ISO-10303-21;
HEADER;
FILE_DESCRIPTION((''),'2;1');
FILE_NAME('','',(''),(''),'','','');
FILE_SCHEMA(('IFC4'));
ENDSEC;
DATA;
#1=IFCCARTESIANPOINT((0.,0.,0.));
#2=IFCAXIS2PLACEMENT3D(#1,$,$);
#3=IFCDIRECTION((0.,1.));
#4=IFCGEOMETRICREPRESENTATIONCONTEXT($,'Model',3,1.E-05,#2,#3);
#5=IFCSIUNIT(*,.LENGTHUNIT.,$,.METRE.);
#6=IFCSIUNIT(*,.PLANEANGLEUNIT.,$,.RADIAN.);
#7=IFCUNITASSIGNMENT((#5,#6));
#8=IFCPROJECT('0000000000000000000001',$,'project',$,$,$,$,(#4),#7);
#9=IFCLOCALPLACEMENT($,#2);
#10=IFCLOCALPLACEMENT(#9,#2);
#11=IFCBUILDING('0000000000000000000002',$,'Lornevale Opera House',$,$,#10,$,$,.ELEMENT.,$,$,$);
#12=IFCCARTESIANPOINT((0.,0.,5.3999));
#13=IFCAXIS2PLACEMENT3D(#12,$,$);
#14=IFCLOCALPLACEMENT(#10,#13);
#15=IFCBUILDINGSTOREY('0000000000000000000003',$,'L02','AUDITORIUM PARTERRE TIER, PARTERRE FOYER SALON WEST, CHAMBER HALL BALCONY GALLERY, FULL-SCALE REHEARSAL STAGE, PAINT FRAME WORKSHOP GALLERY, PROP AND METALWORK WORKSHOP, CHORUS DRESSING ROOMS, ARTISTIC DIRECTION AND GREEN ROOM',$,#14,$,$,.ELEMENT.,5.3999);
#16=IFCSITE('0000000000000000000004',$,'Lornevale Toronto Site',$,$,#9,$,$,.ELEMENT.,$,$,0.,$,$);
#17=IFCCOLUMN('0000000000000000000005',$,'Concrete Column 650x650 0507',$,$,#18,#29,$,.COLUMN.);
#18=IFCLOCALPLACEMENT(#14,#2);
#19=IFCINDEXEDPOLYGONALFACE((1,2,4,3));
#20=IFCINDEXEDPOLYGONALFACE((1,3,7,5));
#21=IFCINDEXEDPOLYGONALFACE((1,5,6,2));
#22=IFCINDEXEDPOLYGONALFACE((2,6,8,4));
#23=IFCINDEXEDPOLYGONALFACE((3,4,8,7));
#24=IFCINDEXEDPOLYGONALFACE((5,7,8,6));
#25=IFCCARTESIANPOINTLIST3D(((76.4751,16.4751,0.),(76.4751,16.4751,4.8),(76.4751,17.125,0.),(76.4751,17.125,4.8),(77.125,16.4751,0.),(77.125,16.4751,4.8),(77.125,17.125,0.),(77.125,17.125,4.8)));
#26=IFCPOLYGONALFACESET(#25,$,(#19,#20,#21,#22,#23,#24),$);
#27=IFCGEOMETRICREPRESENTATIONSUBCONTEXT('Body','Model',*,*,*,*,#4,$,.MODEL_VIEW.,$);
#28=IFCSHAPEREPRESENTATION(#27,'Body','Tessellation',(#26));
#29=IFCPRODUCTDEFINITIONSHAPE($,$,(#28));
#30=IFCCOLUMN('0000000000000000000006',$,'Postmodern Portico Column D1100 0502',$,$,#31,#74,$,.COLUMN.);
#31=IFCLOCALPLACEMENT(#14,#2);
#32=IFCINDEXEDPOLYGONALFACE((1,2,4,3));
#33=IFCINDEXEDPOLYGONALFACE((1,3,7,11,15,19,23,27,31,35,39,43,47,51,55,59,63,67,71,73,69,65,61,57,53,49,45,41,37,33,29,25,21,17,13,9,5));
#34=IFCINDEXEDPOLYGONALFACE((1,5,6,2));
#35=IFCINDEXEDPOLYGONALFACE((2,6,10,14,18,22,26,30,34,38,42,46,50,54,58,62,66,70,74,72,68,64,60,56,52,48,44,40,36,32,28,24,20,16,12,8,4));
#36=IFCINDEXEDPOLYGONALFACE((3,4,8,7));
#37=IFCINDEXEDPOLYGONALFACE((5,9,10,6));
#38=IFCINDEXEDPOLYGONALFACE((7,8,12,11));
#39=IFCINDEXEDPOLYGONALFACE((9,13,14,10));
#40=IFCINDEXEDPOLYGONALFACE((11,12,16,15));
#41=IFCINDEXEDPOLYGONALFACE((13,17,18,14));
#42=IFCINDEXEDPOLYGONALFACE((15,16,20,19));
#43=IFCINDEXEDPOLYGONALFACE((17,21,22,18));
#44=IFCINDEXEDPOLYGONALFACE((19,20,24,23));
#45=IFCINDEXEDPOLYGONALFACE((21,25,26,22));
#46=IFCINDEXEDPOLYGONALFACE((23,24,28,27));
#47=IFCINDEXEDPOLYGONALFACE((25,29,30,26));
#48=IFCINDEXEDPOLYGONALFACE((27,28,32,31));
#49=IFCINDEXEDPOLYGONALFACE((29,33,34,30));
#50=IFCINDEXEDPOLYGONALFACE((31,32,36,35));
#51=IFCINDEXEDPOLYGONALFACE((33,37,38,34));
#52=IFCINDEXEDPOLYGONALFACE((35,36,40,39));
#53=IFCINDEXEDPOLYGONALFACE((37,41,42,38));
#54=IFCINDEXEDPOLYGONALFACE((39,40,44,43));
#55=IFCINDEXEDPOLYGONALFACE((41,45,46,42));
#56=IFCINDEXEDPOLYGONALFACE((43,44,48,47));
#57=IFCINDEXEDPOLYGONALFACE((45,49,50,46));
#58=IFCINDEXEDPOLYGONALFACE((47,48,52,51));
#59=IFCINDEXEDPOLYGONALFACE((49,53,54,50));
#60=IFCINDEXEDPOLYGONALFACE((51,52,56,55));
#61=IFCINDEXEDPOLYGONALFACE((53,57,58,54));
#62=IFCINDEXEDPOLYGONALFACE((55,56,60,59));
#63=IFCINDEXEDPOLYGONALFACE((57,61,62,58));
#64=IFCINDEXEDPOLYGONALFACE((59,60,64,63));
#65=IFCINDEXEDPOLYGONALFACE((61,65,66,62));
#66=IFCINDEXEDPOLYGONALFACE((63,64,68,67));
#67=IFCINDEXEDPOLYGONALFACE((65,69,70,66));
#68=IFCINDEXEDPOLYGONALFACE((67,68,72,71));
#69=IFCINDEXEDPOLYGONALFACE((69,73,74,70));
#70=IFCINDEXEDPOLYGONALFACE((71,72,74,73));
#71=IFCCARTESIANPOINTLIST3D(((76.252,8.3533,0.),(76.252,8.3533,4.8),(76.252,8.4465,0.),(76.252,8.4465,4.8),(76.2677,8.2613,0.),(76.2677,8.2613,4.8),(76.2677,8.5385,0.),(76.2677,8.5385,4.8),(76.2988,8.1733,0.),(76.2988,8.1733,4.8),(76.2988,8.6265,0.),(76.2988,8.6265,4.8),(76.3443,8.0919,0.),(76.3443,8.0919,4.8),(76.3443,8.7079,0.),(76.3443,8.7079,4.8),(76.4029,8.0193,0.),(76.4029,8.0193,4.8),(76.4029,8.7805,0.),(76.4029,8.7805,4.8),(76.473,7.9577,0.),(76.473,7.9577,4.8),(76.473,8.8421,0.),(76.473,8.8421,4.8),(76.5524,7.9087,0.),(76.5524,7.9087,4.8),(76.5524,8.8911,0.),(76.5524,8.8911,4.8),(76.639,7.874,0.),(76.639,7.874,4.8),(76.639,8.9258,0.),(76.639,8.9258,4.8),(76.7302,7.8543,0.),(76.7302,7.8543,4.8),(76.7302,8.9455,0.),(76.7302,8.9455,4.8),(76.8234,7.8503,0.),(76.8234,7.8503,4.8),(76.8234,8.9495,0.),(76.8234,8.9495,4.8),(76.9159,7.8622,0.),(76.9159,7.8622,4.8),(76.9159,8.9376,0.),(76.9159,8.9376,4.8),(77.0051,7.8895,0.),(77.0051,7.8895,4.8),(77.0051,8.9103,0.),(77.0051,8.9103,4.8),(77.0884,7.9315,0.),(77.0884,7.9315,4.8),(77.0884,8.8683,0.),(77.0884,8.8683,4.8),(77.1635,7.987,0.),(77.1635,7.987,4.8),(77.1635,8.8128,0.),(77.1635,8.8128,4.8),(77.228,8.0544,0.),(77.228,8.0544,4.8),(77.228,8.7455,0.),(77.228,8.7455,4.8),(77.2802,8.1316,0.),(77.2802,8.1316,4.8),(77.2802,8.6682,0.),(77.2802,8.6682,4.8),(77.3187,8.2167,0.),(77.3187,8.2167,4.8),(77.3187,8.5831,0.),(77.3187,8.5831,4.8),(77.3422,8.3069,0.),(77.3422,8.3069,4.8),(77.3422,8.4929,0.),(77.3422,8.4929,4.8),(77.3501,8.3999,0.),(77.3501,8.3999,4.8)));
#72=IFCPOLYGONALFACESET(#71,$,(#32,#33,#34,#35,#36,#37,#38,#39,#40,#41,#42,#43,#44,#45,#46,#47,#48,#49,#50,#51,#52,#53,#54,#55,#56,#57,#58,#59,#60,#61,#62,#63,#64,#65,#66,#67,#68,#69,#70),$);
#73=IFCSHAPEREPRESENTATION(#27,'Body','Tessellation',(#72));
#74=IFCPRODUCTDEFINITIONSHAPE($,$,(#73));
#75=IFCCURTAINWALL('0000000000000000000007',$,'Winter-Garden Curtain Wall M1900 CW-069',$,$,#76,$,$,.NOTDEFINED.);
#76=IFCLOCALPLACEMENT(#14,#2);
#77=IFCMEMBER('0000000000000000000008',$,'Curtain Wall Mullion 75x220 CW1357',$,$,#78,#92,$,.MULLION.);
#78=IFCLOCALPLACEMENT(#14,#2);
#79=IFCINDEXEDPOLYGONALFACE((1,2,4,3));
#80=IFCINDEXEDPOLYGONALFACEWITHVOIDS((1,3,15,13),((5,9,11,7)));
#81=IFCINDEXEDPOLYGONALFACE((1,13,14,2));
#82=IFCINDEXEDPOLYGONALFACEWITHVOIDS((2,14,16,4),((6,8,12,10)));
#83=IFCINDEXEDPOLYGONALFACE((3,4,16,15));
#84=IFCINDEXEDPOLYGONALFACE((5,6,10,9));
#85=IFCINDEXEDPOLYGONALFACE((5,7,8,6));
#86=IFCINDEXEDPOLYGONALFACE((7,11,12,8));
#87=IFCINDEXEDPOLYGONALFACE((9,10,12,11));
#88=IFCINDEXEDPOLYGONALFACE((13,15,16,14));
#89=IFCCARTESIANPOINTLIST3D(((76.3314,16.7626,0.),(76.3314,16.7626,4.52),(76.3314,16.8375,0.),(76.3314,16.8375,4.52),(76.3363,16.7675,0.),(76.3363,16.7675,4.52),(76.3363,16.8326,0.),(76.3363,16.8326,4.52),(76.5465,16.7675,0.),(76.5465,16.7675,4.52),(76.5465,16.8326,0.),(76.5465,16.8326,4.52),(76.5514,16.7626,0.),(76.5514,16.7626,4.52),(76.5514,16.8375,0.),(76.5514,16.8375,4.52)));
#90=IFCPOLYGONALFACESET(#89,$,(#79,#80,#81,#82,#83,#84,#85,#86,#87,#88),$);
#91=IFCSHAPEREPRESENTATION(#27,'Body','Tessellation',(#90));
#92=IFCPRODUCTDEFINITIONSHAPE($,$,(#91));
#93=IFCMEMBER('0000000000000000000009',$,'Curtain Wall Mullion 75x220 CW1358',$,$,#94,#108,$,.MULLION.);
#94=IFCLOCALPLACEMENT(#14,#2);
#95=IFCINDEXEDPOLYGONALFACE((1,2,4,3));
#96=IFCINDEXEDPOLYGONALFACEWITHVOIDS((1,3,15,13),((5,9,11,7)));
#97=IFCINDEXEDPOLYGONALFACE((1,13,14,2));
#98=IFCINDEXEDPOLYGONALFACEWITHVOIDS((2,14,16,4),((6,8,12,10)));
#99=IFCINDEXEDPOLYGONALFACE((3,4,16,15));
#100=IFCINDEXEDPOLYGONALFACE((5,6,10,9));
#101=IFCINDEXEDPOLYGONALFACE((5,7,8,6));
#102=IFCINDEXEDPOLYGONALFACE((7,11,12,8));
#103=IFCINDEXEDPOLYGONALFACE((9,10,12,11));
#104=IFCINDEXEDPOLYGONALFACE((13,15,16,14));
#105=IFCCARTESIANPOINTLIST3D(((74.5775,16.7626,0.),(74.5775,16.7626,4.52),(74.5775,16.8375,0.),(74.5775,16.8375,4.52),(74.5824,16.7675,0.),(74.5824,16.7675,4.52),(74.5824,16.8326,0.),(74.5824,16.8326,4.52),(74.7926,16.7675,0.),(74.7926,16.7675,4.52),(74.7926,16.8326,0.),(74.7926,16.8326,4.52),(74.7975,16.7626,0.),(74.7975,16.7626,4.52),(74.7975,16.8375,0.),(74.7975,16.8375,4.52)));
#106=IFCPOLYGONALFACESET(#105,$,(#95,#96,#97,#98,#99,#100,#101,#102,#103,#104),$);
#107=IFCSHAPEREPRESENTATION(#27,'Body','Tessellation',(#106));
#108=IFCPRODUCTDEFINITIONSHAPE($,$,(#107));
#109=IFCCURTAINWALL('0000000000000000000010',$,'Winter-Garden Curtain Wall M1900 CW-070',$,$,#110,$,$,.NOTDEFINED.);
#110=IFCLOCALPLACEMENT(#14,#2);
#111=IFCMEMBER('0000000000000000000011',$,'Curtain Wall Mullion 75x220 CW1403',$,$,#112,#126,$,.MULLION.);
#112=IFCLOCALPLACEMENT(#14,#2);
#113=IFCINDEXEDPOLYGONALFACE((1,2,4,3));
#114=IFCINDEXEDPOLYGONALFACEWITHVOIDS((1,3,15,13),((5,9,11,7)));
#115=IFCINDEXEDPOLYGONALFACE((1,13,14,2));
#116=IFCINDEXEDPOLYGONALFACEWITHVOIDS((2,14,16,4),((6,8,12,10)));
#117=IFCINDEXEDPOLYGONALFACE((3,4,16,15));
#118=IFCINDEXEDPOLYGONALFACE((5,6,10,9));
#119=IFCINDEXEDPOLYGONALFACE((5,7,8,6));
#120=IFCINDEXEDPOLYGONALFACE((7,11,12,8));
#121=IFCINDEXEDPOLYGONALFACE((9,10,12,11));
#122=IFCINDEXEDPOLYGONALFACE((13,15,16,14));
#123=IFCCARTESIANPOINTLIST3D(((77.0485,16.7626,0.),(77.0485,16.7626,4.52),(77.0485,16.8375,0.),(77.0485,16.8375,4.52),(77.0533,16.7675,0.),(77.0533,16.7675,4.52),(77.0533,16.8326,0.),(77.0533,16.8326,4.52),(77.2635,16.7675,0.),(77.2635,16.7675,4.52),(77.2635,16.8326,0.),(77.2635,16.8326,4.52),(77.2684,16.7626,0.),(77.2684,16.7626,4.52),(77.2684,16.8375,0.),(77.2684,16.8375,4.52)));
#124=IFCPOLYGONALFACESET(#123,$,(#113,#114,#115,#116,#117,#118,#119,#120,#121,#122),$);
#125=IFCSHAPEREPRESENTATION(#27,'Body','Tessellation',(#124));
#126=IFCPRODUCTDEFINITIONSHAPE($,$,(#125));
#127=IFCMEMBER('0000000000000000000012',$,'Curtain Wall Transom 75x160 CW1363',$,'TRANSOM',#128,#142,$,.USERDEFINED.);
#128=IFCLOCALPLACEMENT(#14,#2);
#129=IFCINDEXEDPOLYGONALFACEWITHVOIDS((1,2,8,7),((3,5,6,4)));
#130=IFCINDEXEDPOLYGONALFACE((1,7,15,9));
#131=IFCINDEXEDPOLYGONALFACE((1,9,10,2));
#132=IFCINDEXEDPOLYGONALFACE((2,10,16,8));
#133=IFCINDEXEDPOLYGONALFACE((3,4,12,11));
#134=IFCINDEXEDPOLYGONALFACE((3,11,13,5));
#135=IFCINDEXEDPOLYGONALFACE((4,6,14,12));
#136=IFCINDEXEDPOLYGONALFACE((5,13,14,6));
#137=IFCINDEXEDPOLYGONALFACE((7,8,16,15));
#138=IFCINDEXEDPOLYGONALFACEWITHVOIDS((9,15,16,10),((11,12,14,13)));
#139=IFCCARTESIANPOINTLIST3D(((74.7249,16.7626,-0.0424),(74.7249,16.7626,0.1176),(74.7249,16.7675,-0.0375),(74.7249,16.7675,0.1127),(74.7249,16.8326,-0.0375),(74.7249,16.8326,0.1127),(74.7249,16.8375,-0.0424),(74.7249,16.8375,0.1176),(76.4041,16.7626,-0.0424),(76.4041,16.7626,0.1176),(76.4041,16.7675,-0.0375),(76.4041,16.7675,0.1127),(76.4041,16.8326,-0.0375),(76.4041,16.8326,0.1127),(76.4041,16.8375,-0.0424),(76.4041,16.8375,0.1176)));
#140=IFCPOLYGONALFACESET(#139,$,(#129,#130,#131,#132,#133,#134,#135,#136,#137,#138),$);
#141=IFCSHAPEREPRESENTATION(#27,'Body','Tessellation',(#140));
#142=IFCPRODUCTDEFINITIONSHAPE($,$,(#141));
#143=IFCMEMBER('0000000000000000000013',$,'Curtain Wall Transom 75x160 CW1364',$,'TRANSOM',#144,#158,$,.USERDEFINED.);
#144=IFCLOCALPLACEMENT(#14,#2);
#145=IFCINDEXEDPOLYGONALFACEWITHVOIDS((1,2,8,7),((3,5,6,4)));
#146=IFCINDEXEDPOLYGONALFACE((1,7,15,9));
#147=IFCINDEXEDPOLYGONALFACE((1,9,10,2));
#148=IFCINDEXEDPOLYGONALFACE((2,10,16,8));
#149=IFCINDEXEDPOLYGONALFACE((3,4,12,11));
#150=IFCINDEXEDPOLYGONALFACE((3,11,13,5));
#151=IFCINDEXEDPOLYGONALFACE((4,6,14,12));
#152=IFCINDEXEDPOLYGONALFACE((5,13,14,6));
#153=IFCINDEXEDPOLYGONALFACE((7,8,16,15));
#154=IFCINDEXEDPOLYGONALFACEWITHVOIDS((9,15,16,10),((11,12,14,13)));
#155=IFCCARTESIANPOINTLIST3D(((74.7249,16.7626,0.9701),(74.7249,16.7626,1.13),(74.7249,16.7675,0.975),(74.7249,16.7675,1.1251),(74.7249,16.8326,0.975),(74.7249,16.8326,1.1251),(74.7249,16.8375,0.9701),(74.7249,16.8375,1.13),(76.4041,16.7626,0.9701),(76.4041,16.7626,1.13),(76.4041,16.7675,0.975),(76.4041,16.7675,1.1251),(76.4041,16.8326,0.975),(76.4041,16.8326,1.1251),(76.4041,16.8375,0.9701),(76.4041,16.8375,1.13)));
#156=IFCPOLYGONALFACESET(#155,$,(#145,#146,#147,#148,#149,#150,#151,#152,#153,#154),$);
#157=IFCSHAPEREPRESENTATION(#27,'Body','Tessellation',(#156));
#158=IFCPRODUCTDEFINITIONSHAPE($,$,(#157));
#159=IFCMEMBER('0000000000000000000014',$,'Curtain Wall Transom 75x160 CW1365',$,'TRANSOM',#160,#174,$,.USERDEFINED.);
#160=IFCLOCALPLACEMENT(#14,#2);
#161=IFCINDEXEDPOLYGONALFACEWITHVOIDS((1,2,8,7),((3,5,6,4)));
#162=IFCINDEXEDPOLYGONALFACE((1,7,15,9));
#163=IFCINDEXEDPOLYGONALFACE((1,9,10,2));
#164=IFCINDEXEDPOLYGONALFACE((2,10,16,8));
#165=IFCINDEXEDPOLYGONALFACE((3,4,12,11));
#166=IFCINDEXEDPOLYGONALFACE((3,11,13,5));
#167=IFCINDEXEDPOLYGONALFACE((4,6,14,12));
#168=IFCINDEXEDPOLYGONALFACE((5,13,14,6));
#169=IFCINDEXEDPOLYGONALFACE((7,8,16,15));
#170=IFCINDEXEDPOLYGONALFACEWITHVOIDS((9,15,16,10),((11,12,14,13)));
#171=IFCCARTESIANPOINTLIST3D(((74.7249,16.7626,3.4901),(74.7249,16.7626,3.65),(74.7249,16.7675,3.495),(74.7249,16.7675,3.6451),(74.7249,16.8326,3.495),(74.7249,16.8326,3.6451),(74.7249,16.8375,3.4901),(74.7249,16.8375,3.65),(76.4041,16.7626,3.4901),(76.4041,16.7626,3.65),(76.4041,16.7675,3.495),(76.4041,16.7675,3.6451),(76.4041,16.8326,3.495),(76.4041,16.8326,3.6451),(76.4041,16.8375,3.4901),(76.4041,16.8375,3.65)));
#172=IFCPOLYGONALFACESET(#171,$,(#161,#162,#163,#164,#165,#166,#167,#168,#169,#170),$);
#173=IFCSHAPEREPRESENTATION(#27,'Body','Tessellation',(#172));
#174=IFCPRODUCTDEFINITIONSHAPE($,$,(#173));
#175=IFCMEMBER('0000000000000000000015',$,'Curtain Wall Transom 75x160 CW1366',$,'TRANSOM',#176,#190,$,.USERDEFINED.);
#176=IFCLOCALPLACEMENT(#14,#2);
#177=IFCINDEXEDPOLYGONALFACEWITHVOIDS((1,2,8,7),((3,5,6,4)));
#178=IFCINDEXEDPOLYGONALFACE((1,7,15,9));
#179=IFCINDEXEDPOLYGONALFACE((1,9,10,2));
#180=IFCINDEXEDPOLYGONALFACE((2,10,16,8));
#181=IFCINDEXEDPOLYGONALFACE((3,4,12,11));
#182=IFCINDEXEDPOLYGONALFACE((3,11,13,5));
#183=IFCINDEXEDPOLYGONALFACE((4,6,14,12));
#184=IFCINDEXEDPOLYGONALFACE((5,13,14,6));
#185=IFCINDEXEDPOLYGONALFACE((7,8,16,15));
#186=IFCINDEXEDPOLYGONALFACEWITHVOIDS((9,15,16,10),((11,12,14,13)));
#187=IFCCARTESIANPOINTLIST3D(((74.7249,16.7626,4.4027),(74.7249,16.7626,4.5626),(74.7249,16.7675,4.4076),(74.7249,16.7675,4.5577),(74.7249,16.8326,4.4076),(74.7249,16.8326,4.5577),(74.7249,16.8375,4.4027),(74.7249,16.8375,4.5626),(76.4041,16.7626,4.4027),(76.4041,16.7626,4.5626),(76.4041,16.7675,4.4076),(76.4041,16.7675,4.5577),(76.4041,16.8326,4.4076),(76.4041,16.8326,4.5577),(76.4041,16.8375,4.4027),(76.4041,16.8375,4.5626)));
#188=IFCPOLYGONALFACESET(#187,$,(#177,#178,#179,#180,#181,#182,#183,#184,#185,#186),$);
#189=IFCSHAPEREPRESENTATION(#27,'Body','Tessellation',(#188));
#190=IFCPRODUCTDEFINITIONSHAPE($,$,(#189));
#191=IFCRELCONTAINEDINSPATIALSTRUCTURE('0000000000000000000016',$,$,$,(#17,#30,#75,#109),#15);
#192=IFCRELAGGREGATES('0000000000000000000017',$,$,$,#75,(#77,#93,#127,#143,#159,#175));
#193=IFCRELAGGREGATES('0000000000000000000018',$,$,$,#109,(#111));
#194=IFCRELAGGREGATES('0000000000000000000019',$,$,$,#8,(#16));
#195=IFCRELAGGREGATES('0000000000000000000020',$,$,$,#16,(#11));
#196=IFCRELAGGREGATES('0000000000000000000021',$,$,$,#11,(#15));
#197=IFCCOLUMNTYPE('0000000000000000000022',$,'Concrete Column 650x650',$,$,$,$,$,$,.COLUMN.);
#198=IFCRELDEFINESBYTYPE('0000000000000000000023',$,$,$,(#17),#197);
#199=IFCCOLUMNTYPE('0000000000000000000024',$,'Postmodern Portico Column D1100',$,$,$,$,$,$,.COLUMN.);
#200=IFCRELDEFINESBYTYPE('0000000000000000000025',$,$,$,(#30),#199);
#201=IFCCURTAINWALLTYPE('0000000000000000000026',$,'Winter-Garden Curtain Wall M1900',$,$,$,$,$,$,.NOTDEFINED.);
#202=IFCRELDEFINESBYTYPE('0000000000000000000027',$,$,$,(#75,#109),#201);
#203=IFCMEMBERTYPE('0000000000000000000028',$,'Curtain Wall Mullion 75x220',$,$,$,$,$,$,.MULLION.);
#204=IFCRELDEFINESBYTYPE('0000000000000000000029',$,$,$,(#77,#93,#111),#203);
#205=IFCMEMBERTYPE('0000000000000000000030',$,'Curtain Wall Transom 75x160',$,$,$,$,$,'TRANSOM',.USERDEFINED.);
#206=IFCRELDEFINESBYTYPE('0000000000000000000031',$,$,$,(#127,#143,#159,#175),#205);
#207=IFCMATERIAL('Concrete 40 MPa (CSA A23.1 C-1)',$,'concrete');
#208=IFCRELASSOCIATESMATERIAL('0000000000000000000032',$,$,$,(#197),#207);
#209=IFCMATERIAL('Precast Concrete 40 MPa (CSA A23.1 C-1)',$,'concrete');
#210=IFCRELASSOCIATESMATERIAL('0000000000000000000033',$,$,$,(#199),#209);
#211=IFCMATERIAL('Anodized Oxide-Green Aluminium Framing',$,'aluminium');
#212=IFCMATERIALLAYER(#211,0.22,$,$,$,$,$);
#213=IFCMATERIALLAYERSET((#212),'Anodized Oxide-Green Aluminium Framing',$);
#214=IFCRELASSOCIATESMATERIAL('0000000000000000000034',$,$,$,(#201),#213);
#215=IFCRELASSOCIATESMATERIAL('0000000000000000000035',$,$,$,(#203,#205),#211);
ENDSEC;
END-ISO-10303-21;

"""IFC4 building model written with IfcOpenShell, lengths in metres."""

from ifc_helpers import new_model, si_unit, direction, frame, origin, origin_2d, place, context, subcontext, project, spatial, rectangle, hollow_rectangle, circle, extrude, material, layer, layer_set, material_profile, profile_set, type_object, element, aggregate, save


model = new_model("IFC4")

# Units and contexts
model_context = context("Model", 3, precision=1e-05, world=origin(), true_north=direction((0.0, 1.0)))
body_context = subcontext(model_context, "Body", "Model", "MODEL_VIEW")
ifc_project = project(units=[si_unit("LENGTHUNIT", "METRE"), si_unit("PLANEANGLEUNIT", "RADIAN")], contexts=[model_context])

# Site, building, storey
site_placement = place(None, origin())
site = spatial("IfcSite", under=ifc_project, at=site_placement, Name="Lornevale Toronto Site", CompositionType="ELEMENT", RefElevation=0.0)
building_placement = place(site_placement, origin())
building = spatial("IfcBuilding", under=site, at=building_placement, Name="Lornevale Opera House", CompositionType="ELEMENT")
storey_placement = place(building_placement, frame((0.0, 0.0, 5.3999)))
storey = spatial("IfcBuildingStorey", under=building, at=storey_placement, Name="L02", Description="AUDITORIUM PARTERRE TIER, PARTERRE FOYER SALON WEST, CHAMBER HALL BALCONY GALLERY, FULL-SCALE REHEARSAL STAGE, PAINT FRAME WORKSHOP GALLERY, PROP AND METALWORK WORKSHOP, CHORUS DRESSING ROOMS, ARTISTIC DIRECTION AND GREEN ROOM", CompositionType="ELEMENT", Elevation=5.3999)

# Columns
ifc_material_1 = material(Name="Concrete 40 MPa (CSA A23.1 C-1)", Category="concrete")
ifc_material_profile_1 = material_profile(ifc_material_1, rectangle(XDim=0.6499, YDim=0.6499, at=origin_2d()), Name="RC650x650")
ifc_profile_set_1 = profile_set([ifc_material_profile_1], Name="Concrete 40 MPa (CSA A23.1 C-1)")
column_type_1 = type_object("IfcColumnType", Name="Concrete Column 650x650", PredefinedType="COLUMN", material=ifc_profile_set_1)
column_1_placement = place(storey_placement, frame((76.8, 16.8, 0.0), z_axis=(0.0, 0.0, 1.0), x_axis=(1.0, 0.0, 0.0)))
element("IfcColumn", 1, at=column_1_placement, inside=storey, type_object=column_type_1, Name="Concrete Column 650x650 0507", PredefinedType="COLUMN", context=body_context, shape_type="SweptSolid", body=[
    extrude(rectangle(XDim=0.6499, YDim=0.6499, at=origin_2d()), origin(), (0.0, 0.0, 1.0), 4.8),
])
ifc_material_2 = material(Name="Precast Concrete 40 MPa (CSA A23.1 C-1)", Category="concrete")
ifc_material_profile_2 = material_profile(ifc_material_2, circle(Radius=0.55, at=origin_2d()), Name="RCCOL1100")
ifc_profile_set_2 = profile_set([ifc_material_profile_2], Name="Precast Concrete 40 MPa (CSA A23.1 C-1)")
column_type_2 = type_object("IfcColumnType", Name="Postmodern Portico Column D1100", PredefinedType="COLUMN", material=ifc_profile_set_2)
column_2_placement = place(storey_placement, frame((76.8, 8.3999, 0.0), z_axis=(0.0, 0.0, 1.0), x_axis=(1.0, 0.0, 0.0)))
element("IfcColumn", 2, at=column_2_placement, inside=storey, type_object=column_type_2, Name="Postmodern Portico Column D1100 0502", PredefinedType="COLUMN", context=body_context, shape_type="SweptSolid", body=[
    extrude(circle(Radius=0.55, at=origin_2d()), origin(), (0.0, 0.0, 1.0), 4.8),
])

# Curtain wall, members
ifc_material_3 = material(Name="Anodized Oxide-Green Aluminium Framing", Category="aluminium")
ifc_layer_1 = layer(ifc_material_3, 0.22)
ifc_layer_set_1 = layer_set([ifc_layer_1], Name="Anodized Oxide-Green Aluminium Framing")
curtain_wall_type = type_object("IfcCurtainWallType", Name="Winter-Garden Curtain Wall M1900", PredefinedType="NOTDEFINED", material=ifc_layer_set_1)
curtain_wall_1_placement = place(storey_placement, origin())
curtain_wall_1 = element("IfcCurtainWall", 3, at=curtain_wall_1_placement, inside=storey, type_object=curtain_wall_type, Name="Winter-Garden Curtain Wall M1900 CW-069", PredefinedType="NOTDEFINED")
ifc_material_profile_3 = material_profile(ifc_material_3, hollow_rectangle(XDim=0.075, YDim=0.22, WallThickness=0.0049, at=origin_2d()), Name="ALU75x220x5")
ifc_profile_set_3 = profile_set([ifc_material_profile_3], Name="Anodized Oxide-Green Aluminium Framing")
member_type_1 = type_object("IfcMemberType", Name="Curtain Wall Mullion 75x220", PredefinedType="MULLION", material=ifc_profile_set_3)
member_1_placement = place(storey_placement, frame((76.4414, 16.8, 0.0), z_axis=(0.0, 0.0, 1.0), x_axis=(0.0, -1.0, 0.0)))
member_1 = element("IfcMember", 4, at=member_1_placement, type_object=member_type_1, Name="Curtain Wall Mullion 75x220 CW1357", PredefinedType="MULLION", context=body_context, shape_type="SweptSolid", body=[
    extrude(hollow_rectangle(XDim=0.075, YDim=0.22, WallThickness=0.0049, at=origin_2d()), origin(), (0.0, 0.0, 1.0), 4.52),
])
member_2_placement = place(storey_placement, frame((74.6875, 16.8, 0.0), z_axis=(0.0, 0.0, 1.0), x_axis=(0.0, -1.0, 0.0)))
member_2 = element("IfcMember", 5, at=member_2_placement, type_object=member_type_1, Name="Curtain Wall Mullion 75x220 CW1358", PredefinedType="MULLION", context=body_context, shape_type="SweptSolid", body=[
    extrude(hollow_rectangle(XDim=0.075, YDim=0.22, WallThickness=0.0049, at=origin_2d()), origin(), (0.0, 0.0, 1.0), 4.52),
])

# Curtain wall, member
curtain_wall_2_placement = place(storey_placement, origin())
curtain_wall_2 = element("IfcCurtainWall", 6, at=curtain_wall_2_placement, inside=storey, type_object=curtain_wall_type, Name="Winter-Garden Curtain Wall M1900 CW-070", PredefinedType="NOTDEFINED")
member_3_placement = place(storey_placement, frame((77.1584, 16.8, 0.0), z_axis=(0.0, 0.0, 1.0), x_axis=(0.0, -1.0, 0.0)))
member_3 = element("IfcMember", 7, at=member_3_placement, type_object=member_type_1, Name="Curtain Wall Mullion 75x220 CW1403", PredefinedType="MULLION", context=body_context, shape_type="SweptSolid", body=[
    extrude(hollow_rectangle(XDim=0.075, YDim=0.22, WallThickness=0.0049, at=origin_2d()), origin(), (0.0, 0.0, 1.0), 4.52),
])

# Members
ifc_material_profile_4 = material_profile(ifc_material_3, hollow_rectangle(XDim=0.075, YDim=0.1599, WallThickness=0.0049, at=origin_2d()), Name="ALU75x160x5")
ifc_profile_set_4 = profile_set([ifc_material_profile_4], Name="Anodized Oxide-Green Aluminium Framing")
member_type_2 = type_object("IfcMemberType", Name="Curtain Wall Transom 75x160", ElementType="TRANSOM", PredefinedType="USERDEFINED", material=ifc_profile_set_4)
member_4_placement = place(storey_placement, frame((76.4041, 16.8, 0.0376), z_axis=(-1.0, 0.0, 0.0), x_axis=(0.0, -1.0, 0.0)))
member_4 = element("IfcMember", 8, at=member_4_placement, type_object=member_type_2, Name="Curtain Wall Transom 75x160 CW1363", ObjectType="TRANSOM", PredefinedType="USERDEFINED", context=body_context, shape_type="SweptSolid", body=[
    extrude(hollow_rectangle(XDim=0.075, YDim=0.1599, WallThickness=0.0049, at=origin_2d()), origin(), (0.0, 0.0, 1.0), 1.6792),
])
member_5_placement = place(storey_placement, frame((76.4041, 16.8, 1.05), z_axis=(-1.0, 0.0, 0.0), x_axis=(0.0, -1.0, 0.0)))
member_5 = element("IfcMember", 9, at=member_5_placement, type_object=member_type_2, Name="Curtain Wall Transom 75x160 CW1364", ObjectType="TRANSOM", PredefinedType="USERDEFINED", context=body_context, shape_type="SweptSolid", body=[
    extrude(hollow_rectangle(XDim=0.075, YDim=0.1599, WallThickness=0.0049, at=origin_2d()), origin(), (0.0, 0.0, 1.0), 1.6792),
])
member_6_placement = place(storey_placement, frame((76.4041, 16.8, 3.5701), z_axis=(-1.0, 0.0, 0.0), x_axis=(0.0, -1.0, 0.0)))
member_6 = element("IfcMember", 10, at=member_6_placement, type_object=member_type_2, Name="Curtain Wall Transom 75x160 CW1365", ObjectType="TRANSOM", PredefinedType="USERDEFINED", context=body_context, shape_type="SweptSolid", body=[
    extrude(hollow_rectangle(XDim=0.075, YDim=0.1599, WallThickness=0.0049, at=origin_2d()), origin(), (0.0, 0.0, 1.0), 1.6792),
])
member_7_placement = place(storey_placement, frame((76.4041, 16.8, 4.4827), z_axis=(-1.0, 0.0, 0.0), x_axis=(0.0, -1.0, 0.0)))
member_7 = element("IfcMember", 11, at=member_7_placement, type_object=member_type_2, Name="Curtain Wall Transom 75x160 CW1366", ObjectType="TRANSOM", PredefinedType="USERDEFINED", context=body_context, shape_type="SweptSolid", body=[
    extrude(hollow_rectangle(XDim=0.075, YDim=0.1599, WallThickness=0.0049, at=origin_2d()), origin(), (0.0, 0.0, 1.0), 1.6792),
])

aggregate(curtain_wall_1, [member_1, member_2, member_4, member_5, member_6, member_7])
aggregate(curtain_wall_2, [member_3])

save(model, "model.ifc")
